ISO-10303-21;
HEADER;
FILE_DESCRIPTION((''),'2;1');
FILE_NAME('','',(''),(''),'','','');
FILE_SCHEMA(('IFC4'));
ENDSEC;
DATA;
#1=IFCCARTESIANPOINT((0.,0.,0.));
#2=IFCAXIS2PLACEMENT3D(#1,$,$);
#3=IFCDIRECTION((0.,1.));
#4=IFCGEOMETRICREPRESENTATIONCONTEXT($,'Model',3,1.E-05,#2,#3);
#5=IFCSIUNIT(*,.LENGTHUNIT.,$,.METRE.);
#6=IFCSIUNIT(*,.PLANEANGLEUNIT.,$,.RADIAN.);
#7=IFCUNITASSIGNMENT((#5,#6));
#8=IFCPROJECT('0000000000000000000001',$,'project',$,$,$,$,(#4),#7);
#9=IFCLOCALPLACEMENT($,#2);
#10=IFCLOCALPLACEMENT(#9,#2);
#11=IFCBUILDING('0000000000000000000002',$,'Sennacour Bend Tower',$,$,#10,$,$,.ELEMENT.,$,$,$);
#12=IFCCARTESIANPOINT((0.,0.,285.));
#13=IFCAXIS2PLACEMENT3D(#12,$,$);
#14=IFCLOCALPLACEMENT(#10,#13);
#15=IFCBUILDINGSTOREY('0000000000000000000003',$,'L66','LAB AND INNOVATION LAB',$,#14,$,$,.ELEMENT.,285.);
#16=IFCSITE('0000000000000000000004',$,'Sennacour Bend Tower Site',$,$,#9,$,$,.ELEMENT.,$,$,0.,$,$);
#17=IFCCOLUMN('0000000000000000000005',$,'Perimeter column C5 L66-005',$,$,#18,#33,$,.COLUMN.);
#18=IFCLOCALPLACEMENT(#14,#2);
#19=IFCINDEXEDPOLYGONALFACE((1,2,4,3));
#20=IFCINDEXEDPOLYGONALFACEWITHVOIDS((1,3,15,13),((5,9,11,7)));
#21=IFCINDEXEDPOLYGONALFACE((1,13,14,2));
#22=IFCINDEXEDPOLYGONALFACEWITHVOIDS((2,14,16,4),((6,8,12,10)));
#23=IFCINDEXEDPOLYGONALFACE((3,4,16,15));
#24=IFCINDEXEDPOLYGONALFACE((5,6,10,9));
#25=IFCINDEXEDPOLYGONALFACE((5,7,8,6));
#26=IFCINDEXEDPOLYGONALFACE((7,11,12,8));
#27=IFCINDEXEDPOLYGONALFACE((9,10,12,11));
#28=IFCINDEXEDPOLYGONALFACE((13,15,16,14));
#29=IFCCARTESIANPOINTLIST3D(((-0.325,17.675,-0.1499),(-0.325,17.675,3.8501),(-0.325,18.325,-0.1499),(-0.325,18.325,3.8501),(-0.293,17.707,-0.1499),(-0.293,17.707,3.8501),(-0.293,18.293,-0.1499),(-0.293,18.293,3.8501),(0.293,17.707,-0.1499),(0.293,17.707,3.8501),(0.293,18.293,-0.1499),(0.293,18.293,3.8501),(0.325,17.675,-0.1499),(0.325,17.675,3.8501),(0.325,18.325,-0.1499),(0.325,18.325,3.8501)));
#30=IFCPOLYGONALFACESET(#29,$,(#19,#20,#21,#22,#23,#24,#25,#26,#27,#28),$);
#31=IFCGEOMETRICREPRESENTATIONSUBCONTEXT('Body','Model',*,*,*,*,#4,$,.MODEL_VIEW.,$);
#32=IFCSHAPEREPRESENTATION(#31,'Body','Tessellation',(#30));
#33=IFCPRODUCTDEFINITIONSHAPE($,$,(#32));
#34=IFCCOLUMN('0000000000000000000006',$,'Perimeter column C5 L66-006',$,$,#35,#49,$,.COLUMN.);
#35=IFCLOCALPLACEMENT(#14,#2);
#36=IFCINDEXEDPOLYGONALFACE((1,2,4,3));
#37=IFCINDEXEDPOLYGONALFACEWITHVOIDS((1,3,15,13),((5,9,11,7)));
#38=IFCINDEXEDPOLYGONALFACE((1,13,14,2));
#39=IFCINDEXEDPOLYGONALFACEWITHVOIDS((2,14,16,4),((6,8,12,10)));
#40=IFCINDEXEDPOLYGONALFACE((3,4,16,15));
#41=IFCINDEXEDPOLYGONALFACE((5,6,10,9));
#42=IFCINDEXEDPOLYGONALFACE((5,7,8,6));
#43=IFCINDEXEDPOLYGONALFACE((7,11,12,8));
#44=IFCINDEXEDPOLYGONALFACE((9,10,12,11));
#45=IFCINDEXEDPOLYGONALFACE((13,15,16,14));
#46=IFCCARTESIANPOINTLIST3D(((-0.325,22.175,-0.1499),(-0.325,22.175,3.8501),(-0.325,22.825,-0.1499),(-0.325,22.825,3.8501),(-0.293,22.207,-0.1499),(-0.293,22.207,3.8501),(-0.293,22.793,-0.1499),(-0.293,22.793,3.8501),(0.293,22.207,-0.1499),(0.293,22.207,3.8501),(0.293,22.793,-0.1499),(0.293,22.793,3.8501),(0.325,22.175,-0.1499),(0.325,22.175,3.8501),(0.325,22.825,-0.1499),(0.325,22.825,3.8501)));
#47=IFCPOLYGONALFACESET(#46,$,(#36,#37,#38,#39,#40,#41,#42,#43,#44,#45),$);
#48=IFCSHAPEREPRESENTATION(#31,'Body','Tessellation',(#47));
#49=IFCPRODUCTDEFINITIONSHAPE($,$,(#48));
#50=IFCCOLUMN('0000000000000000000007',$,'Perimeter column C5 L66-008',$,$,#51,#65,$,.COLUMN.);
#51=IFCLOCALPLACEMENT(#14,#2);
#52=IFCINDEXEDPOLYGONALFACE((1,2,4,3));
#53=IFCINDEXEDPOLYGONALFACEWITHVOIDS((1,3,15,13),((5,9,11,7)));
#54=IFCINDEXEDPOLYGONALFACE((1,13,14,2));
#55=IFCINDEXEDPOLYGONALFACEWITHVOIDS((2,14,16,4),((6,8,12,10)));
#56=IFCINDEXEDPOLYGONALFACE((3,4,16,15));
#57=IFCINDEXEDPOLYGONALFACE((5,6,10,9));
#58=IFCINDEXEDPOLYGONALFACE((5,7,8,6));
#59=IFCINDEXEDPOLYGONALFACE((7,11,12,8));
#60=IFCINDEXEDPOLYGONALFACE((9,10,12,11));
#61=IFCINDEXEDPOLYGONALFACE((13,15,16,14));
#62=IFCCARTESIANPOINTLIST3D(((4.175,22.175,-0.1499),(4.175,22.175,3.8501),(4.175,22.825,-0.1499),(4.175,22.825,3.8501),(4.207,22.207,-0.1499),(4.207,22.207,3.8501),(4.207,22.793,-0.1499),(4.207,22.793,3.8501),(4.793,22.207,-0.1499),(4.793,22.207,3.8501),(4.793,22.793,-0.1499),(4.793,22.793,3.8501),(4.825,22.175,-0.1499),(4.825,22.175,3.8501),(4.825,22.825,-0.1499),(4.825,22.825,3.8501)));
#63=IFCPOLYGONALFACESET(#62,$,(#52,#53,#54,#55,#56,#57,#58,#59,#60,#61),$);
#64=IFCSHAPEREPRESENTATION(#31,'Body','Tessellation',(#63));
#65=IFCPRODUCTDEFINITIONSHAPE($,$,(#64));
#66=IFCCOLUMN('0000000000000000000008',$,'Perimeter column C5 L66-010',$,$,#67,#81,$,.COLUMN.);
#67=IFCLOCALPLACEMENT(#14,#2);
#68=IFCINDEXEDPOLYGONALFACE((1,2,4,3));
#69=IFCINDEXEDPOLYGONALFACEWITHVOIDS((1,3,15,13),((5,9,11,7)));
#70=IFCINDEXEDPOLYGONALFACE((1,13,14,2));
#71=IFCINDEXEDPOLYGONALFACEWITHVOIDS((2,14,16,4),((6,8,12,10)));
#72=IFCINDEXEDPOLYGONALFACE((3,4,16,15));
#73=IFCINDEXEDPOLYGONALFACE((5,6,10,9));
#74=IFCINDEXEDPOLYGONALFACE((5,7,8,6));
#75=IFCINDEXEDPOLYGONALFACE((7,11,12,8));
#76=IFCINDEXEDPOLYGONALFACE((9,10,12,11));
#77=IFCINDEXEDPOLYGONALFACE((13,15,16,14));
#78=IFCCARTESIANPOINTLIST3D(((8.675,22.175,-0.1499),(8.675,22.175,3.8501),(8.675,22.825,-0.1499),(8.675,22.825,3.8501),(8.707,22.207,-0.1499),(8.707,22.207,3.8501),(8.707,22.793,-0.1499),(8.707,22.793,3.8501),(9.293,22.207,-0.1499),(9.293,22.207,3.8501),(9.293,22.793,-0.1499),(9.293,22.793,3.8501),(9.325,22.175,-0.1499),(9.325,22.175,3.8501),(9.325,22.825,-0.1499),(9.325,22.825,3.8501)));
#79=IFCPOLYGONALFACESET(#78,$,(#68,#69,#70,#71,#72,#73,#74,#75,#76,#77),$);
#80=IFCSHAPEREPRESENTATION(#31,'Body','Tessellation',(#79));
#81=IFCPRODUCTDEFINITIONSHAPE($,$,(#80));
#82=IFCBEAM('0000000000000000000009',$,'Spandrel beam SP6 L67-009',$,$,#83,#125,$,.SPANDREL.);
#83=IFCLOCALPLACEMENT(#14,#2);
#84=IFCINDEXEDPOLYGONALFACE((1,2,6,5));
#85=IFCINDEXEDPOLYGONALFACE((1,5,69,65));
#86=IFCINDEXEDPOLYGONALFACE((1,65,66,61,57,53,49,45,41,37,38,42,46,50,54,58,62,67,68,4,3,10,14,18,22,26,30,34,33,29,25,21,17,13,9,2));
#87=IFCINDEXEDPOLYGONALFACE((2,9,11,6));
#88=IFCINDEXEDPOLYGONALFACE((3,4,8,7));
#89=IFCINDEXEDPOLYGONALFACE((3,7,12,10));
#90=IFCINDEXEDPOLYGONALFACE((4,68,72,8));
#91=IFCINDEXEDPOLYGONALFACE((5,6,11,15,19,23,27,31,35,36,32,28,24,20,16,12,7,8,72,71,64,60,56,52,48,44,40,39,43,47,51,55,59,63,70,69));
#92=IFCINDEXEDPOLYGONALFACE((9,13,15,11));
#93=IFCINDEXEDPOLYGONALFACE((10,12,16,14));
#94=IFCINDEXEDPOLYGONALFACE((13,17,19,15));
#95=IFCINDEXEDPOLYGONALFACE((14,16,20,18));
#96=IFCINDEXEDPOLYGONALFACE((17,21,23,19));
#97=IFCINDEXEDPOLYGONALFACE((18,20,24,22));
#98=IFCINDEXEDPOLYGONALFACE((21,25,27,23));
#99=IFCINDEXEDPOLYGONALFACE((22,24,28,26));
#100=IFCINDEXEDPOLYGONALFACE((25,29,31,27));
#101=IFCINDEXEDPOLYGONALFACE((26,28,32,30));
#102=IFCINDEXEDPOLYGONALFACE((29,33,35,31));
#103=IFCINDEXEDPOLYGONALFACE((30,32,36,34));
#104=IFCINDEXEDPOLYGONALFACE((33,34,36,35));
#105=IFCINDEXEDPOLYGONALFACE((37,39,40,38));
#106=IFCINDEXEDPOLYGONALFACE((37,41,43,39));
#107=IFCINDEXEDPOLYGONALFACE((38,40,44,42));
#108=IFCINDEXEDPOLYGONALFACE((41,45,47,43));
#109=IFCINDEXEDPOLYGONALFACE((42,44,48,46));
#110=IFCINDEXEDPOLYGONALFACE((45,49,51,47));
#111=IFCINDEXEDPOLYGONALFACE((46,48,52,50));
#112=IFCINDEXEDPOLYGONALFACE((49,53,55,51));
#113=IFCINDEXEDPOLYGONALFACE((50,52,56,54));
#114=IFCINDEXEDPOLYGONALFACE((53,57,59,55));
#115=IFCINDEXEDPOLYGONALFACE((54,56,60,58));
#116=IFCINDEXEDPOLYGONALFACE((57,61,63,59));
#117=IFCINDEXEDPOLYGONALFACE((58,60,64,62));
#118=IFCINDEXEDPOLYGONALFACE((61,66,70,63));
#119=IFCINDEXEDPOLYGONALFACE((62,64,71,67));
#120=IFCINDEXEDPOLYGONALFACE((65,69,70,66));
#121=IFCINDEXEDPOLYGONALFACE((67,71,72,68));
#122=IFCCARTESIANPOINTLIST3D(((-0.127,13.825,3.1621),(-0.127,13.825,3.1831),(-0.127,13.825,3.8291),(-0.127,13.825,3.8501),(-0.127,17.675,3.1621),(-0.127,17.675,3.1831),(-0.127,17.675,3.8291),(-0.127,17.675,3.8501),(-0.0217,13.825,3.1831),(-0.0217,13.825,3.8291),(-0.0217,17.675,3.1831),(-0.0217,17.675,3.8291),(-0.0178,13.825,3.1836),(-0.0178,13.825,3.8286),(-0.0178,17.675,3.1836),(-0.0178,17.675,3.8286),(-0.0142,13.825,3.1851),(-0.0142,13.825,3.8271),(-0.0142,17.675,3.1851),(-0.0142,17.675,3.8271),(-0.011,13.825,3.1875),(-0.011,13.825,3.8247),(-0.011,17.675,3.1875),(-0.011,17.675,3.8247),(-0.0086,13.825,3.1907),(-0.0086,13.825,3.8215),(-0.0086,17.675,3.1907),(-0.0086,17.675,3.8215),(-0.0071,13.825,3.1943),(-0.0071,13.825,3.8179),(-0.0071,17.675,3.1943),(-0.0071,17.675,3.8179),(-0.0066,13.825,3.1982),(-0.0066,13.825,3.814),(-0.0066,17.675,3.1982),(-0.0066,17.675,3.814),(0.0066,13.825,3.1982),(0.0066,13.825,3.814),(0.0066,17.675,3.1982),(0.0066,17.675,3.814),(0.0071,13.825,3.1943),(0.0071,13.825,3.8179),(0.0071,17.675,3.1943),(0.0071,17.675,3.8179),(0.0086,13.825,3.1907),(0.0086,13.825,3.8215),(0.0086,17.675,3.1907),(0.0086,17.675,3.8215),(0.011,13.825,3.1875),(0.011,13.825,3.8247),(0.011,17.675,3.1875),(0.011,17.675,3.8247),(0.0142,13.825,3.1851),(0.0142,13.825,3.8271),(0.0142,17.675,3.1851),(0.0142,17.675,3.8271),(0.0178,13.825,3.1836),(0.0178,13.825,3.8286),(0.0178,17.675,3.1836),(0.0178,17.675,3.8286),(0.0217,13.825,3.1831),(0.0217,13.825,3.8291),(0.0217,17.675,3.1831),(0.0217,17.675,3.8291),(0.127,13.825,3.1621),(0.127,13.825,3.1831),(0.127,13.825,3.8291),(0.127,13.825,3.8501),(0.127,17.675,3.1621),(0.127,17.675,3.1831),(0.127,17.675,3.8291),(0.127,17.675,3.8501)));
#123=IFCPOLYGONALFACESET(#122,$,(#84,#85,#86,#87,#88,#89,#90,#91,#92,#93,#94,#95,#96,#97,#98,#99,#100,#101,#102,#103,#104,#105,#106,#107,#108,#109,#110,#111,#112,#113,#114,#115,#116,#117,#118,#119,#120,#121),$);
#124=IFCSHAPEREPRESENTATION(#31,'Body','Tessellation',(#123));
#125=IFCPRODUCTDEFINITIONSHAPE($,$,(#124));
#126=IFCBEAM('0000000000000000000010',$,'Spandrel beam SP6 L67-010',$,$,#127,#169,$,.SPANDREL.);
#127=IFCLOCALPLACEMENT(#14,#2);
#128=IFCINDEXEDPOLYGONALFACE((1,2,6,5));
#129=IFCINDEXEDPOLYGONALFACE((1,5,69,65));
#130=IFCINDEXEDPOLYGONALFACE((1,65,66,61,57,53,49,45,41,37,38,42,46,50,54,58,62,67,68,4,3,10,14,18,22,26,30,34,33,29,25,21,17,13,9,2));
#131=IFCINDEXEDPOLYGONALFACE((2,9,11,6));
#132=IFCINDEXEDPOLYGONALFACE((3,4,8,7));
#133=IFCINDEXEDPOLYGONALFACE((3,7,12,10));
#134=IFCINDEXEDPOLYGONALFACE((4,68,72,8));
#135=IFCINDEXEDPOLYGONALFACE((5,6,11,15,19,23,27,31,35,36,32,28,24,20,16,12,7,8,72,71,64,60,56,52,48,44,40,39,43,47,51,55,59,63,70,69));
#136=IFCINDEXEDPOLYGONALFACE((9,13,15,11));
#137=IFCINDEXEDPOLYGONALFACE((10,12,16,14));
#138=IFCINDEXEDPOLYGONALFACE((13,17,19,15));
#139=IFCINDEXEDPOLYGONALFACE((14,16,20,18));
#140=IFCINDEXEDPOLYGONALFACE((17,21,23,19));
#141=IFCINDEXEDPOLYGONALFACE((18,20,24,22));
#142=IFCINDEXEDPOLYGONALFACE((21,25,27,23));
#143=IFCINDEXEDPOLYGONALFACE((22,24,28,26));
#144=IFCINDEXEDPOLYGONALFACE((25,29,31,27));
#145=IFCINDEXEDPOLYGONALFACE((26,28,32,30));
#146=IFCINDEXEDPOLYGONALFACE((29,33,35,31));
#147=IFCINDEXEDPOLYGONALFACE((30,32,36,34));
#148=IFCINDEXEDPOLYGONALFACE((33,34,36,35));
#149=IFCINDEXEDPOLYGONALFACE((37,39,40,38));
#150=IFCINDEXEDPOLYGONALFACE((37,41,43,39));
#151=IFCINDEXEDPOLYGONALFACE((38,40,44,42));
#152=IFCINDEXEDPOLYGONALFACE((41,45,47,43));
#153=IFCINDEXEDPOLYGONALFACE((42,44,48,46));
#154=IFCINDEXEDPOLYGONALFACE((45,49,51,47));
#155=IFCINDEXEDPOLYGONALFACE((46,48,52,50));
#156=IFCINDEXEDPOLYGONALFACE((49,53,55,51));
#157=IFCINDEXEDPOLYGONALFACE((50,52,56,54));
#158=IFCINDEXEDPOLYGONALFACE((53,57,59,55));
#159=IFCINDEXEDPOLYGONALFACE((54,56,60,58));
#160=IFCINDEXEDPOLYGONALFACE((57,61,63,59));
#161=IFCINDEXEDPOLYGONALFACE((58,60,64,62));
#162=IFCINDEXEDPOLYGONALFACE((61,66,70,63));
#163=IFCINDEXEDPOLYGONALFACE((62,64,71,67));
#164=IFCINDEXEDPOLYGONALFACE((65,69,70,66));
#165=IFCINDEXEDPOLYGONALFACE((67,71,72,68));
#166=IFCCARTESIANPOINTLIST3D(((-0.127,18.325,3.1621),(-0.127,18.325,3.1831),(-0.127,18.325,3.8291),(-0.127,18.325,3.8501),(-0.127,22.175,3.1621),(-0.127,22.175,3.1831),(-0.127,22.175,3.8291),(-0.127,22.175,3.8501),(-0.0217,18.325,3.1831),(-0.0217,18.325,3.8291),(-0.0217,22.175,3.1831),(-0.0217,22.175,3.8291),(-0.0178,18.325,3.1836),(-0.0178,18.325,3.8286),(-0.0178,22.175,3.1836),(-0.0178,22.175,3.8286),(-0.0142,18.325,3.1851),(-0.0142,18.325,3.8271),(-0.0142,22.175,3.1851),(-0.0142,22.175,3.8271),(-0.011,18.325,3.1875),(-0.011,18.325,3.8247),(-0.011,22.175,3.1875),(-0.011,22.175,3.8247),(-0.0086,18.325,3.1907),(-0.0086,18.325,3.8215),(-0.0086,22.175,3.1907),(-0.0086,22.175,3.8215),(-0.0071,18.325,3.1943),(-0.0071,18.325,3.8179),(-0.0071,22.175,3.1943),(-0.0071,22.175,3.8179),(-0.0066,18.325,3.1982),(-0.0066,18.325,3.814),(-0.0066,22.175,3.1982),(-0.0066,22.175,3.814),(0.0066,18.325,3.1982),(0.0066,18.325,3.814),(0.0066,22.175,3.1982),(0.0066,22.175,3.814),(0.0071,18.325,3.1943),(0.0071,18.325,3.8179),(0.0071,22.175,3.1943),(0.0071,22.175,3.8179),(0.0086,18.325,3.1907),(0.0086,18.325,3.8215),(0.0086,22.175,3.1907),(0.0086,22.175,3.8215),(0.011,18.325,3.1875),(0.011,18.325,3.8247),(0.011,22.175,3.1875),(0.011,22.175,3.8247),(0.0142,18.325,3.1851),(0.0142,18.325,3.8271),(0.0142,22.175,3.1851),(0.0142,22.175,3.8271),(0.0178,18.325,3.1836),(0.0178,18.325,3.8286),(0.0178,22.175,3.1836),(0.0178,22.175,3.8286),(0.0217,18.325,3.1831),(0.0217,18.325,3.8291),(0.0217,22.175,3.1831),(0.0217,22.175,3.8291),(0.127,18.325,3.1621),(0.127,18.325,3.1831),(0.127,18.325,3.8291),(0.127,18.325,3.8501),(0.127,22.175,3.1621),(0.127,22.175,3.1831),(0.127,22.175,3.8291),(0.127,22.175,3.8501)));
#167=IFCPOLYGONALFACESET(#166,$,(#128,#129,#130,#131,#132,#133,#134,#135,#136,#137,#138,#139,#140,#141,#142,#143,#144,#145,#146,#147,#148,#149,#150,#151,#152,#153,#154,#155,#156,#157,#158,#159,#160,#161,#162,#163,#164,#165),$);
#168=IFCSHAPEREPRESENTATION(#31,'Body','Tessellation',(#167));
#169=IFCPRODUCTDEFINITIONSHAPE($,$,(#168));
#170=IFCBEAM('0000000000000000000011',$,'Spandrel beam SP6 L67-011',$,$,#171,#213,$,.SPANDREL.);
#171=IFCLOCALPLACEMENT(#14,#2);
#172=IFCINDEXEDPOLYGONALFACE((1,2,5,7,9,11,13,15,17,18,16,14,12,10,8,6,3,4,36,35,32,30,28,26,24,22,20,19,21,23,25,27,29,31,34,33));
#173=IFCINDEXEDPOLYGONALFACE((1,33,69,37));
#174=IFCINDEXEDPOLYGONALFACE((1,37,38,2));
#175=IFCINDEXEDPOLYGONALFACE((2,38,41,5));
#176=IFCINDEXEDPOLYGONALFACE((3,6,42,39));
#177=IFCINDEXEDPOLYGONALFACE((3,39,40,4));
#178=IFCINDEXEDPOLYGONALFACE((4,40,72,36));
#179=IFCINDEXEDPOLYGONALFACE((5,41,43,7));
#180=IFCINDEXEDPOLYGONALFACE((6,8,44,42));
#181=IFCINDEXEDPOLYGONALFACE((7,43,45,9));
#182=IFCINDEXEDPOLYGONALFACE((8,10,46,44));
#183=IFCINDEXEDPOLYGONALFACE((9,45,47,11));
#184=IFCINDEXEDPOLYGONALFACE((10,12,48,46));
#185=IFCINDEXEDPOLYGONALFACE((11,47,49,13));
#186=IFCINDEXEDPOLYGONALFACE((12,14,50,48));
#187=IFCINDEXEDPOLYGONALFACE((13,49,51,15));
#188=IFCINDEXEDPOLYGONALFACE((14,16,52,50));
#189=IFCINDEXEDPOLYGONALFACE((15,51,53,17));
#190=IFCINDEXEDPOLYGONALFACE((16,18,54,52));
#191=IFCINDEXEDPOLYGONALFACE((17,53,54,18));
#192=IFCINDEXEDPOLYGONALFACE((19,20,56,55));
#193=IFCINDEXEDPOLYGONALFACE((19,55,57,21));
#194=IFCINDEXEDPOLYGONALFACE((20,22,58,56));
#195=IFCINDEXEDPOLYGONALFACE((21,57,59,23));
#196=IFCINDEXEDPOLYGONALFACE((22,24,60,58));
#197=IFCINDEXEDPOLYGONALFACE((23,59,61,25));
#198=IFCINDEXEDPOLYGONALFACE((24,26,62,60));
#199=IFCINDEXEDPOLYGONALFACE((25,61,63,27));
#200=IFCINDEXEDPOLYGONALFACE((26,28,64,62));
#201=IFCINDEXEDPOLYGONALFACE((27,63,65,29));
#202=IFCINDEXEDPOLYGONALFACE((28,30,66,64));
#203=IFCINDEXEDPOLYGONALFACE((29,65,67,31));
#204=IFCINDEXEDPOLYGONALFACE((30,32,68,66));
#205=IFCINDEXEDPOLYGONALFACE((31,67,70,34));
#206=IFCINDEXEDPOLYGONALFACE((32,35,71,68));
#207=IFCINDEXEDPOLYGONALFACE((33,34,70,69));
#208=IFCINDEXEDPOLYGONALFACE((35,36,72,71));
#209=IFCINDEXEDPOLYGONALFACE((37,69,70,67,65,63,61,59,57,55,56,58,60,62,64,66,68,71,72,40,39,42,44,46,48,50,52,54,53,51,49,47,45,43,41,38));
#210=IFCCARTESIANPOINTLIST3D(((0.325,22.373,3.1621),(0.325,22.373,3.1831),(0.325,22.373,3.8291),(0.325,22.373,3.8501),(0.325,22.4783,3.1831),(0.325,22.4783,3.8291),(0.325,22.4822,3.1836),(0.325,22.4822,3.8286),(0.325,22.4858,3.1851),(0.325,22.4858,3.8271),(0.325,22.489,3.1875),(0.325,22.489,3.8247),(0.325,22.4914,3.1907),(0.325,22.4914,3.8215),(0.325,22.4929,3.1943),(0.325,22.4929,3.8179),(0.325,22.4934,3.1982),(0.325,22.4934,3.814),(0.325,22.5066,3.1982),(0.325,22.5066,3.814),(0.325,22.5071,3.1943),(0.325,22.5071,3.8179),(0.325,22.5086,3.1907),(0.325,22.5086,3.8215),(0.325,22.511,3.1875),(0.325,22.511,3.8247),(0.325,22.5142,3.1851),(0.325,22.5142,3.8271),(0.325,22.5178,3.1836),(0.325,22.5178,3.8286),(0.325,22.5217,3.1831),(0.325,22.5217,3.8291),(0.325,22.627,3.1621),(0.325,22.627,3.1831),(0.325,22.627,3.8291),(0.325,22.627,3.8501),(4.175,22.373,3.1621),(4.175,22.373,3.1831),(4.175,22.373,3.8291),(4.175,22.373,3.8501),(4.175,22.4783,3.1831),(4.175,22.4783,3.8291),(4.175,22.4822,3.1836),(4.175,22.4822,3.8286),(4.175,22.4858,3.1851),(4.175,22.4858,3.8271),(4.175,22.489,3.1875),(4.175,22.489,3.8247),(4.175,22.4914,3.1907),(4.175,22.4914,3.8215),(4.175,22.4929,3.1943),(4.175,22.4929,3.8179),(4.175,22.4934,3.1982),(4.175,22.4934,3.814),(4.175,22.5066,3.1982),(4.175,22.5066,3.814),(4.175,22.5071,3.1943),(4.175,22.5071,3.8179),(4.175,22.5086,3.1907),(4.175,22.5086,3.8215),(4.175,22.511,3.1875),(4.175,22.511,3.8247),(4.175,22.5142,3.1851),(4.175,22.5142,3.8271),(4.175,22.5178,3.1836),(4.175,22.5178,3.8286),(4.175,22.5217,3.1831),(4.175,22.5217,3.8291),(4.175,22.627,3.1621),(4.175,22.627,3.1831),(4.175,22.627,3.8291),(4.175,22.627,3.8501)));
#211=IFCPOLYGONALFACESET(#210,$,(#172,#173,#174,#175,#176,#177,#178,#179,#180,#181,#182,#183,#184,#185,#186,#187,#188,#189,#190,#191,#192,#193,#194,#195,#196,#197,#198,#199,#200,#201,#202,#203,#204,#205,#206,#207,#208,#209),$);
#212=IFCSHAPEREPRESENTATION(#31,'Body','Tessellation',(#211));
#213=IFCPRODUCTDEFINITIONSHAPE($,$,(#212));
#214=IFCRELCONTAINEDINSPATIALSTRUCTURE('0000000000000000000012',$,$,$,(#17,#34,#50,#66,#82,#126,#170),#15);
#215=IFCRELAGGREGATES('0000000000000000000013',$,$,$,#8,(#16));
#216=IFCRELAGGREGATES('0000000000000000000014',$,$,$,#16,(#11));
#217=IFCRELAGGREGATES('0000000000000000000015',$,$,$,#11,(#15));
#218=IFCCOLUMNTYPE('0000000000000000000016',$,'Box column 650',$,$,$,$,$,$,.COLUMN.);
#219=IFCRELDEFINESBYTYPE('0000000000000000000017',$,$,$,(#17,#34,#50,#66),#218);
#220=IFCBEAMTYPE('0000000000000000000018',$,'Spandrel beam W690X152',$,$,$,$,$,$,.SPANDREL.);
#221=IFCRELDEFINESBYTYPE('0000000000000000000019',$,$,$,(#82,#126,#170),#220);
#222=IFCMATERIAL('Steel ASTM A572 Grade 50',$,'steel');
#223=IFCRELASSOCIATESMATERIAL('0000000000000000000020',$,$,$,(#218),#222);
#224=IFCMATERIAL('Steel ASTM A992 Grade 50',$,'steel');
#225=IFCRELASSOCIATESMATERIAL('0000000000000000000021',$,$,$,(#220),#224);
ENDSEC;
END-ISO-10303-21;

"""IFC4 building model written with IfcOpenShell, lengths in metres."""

from ifc_helpers import new_model, si_unit, direction, frame, origin, origin_2d, place, context, subcontext, project, spatial, hollow_rectangle, i_section, extrude, material, material_profile, profile_set, type_object, element, save


model = new_model("IFC4")

# Units and contexts
model_context = context("Model", 3, precision=1e-05, world=origin(), true_north=direction((0.0, 1.0)))
body_context = subcontext(model_context, "Body", "Model", "MODEL_VIEW")
ifc_project = project(units=[si_unit("LENGTHUNIT", "METRE"), si_unit("PLANEANGLEUNIT", "RADIAN")], contexts=[model_context])

# Site, building, storey
site_placement = place(None, origin())
site = spatial("IfcSite", under=ifc_project, at=site_placement, Name="Sennacour Bend Tower Site", CompositionType="ELEMENT", RefElevation=0.0)
building_placement = place(site_placement, origin())
building = spatial("IfcBuilding", under=site, at=building_placement, Name="Sennacour Bend Tower", CompositionType="ELEMENT")
storey_placement = place(building_placement, frame((0.0, 0.0, 285.0)))
storey = spatial("IfcBuildingStorey", under=building, at=storey_placement, Name="L66", Description="LAB AND INNOVATION LAB", CompositionType="ELEMENT", Elevation=285.0)

# Columns
ifc_material_1 = material(Name="Steel ASTM A572 Grade 50", Category="steel")
ifc_material_profile_1 = material_profile(ifc_material_1, hollow_rectangle(XDim=0.6499, YDim=0.6499, WallThickness=0.032, at=origin_2d()), Name="Steel ASTM A572 Grade 50", Category="steel")
ifc_profile_set_1 = profile_set([ifc_material_profile_1], Name="Steel ASTM A572 Grade 50")
column_type = type_object("IfcColumnType", Name="Box column 650", PredefinedType="COLUMN", material=ifc_profile_set_1)
for number, where, z_axis, x_axis, name in (
    (1, (0.0, 18.0, -0.1499), (0.0, 0.0, 1.0), (1.0, 0.0, 0.0), "Perimeter column C5 L66-005"),
    (2, (0.0, 22.5, -0.1499), (0.0, 0.0, 1.0), (1.0, 0.0, 0.0), "Perimeter column C5 L66-006"),
    (3, (4.5, 22.5, -0.1499), (0.0, 0.0, 1.0), (1.0, 0.0, 0.0), "Perimeter column C5 L66-008"),
    (4, (9.0, 22.5, -0.1499), (0.0, 0.0, 1.0), (1.0, 0.0, 0.0), "Perimeter column C5 L66-010"),
):
    element("IfcColumn", number, at=place(storey_placement, frame(where, z_axis=z_axis, x_axis=x_axis)), inside=storey, type_object=column_type, Name=name, PredefinedType="COLUMN", context=body_context, shape_type="SweptSolid", body=[
        extrude(hollow_rectangle(XDim=0.6499, YDim=0.6499, WallThickness=0.032, at=origin_2d()), origin(), (0.0, 0.0, 1.0), 4.0),
    ])

# Beams
ifc_material_2 = material(Name="Steel ASTM A992 Grade 50", Category="steel")
ifc_material_profile_2 = material_profile(ifc_material_2, i_section(OverallWidth=0.2539, OverallDepth=0.688, WebThickness=0.0132, FlangeThickness=0.021, FilletRadius=0.0151, at=origin_2d()), Name="Steel ASTM A992 Grade 50", Category="steel")
ifc_profile_set_2 = profile_set([ifc_material_profile_2], Name="Steel ASTM A992 Grade 50")
beam_type = type_object("IfcBeamType", Name="Spandrel beam W690X152", PredefinedType="SPANDREL", material=ifc_profile_set_2)
for number, where, z_axis, x_axis, name in (
    (5, (0.0, 13.825, 3.5061), (0.0, 1.0, 0.0), (-1.0, 0.0, 0.0), "Spandrel beam SP6 L67-009"),
    (6, (0.0, 18.325, 3.5061), (0.0, 1.0, 0.0), (-1.0, 0.0, 0.0), "Spandrel beam SP6 L67-010"),
    (7, (0.325, 22.5, 3.5061), (1.0, 0.0, 0.0), (0.0, 1.0, 0.0), "Spandrel beam SP6 L67-011"),
):
    element("IfcBeam", number, at=place(storey_placement, frame(where, z_axis=z_axis, x_axis=x_axis)), inside=storey, type_object=beam_type, Name=name, PredefinedType="SPANDREL", context=body_context, shape_type="SweptSolid", body=[
        extrude(i_section(OverallWidth=0.2539, OverallDepth=0.688, WebThickness=0.0132, FlangeThickness=0.021, FilletRadius=0.0151, at=origin_2d()), origin(), (0.0, 0.0, 1.0), 3.8501),
    ])

save(model, "model.ifc")
